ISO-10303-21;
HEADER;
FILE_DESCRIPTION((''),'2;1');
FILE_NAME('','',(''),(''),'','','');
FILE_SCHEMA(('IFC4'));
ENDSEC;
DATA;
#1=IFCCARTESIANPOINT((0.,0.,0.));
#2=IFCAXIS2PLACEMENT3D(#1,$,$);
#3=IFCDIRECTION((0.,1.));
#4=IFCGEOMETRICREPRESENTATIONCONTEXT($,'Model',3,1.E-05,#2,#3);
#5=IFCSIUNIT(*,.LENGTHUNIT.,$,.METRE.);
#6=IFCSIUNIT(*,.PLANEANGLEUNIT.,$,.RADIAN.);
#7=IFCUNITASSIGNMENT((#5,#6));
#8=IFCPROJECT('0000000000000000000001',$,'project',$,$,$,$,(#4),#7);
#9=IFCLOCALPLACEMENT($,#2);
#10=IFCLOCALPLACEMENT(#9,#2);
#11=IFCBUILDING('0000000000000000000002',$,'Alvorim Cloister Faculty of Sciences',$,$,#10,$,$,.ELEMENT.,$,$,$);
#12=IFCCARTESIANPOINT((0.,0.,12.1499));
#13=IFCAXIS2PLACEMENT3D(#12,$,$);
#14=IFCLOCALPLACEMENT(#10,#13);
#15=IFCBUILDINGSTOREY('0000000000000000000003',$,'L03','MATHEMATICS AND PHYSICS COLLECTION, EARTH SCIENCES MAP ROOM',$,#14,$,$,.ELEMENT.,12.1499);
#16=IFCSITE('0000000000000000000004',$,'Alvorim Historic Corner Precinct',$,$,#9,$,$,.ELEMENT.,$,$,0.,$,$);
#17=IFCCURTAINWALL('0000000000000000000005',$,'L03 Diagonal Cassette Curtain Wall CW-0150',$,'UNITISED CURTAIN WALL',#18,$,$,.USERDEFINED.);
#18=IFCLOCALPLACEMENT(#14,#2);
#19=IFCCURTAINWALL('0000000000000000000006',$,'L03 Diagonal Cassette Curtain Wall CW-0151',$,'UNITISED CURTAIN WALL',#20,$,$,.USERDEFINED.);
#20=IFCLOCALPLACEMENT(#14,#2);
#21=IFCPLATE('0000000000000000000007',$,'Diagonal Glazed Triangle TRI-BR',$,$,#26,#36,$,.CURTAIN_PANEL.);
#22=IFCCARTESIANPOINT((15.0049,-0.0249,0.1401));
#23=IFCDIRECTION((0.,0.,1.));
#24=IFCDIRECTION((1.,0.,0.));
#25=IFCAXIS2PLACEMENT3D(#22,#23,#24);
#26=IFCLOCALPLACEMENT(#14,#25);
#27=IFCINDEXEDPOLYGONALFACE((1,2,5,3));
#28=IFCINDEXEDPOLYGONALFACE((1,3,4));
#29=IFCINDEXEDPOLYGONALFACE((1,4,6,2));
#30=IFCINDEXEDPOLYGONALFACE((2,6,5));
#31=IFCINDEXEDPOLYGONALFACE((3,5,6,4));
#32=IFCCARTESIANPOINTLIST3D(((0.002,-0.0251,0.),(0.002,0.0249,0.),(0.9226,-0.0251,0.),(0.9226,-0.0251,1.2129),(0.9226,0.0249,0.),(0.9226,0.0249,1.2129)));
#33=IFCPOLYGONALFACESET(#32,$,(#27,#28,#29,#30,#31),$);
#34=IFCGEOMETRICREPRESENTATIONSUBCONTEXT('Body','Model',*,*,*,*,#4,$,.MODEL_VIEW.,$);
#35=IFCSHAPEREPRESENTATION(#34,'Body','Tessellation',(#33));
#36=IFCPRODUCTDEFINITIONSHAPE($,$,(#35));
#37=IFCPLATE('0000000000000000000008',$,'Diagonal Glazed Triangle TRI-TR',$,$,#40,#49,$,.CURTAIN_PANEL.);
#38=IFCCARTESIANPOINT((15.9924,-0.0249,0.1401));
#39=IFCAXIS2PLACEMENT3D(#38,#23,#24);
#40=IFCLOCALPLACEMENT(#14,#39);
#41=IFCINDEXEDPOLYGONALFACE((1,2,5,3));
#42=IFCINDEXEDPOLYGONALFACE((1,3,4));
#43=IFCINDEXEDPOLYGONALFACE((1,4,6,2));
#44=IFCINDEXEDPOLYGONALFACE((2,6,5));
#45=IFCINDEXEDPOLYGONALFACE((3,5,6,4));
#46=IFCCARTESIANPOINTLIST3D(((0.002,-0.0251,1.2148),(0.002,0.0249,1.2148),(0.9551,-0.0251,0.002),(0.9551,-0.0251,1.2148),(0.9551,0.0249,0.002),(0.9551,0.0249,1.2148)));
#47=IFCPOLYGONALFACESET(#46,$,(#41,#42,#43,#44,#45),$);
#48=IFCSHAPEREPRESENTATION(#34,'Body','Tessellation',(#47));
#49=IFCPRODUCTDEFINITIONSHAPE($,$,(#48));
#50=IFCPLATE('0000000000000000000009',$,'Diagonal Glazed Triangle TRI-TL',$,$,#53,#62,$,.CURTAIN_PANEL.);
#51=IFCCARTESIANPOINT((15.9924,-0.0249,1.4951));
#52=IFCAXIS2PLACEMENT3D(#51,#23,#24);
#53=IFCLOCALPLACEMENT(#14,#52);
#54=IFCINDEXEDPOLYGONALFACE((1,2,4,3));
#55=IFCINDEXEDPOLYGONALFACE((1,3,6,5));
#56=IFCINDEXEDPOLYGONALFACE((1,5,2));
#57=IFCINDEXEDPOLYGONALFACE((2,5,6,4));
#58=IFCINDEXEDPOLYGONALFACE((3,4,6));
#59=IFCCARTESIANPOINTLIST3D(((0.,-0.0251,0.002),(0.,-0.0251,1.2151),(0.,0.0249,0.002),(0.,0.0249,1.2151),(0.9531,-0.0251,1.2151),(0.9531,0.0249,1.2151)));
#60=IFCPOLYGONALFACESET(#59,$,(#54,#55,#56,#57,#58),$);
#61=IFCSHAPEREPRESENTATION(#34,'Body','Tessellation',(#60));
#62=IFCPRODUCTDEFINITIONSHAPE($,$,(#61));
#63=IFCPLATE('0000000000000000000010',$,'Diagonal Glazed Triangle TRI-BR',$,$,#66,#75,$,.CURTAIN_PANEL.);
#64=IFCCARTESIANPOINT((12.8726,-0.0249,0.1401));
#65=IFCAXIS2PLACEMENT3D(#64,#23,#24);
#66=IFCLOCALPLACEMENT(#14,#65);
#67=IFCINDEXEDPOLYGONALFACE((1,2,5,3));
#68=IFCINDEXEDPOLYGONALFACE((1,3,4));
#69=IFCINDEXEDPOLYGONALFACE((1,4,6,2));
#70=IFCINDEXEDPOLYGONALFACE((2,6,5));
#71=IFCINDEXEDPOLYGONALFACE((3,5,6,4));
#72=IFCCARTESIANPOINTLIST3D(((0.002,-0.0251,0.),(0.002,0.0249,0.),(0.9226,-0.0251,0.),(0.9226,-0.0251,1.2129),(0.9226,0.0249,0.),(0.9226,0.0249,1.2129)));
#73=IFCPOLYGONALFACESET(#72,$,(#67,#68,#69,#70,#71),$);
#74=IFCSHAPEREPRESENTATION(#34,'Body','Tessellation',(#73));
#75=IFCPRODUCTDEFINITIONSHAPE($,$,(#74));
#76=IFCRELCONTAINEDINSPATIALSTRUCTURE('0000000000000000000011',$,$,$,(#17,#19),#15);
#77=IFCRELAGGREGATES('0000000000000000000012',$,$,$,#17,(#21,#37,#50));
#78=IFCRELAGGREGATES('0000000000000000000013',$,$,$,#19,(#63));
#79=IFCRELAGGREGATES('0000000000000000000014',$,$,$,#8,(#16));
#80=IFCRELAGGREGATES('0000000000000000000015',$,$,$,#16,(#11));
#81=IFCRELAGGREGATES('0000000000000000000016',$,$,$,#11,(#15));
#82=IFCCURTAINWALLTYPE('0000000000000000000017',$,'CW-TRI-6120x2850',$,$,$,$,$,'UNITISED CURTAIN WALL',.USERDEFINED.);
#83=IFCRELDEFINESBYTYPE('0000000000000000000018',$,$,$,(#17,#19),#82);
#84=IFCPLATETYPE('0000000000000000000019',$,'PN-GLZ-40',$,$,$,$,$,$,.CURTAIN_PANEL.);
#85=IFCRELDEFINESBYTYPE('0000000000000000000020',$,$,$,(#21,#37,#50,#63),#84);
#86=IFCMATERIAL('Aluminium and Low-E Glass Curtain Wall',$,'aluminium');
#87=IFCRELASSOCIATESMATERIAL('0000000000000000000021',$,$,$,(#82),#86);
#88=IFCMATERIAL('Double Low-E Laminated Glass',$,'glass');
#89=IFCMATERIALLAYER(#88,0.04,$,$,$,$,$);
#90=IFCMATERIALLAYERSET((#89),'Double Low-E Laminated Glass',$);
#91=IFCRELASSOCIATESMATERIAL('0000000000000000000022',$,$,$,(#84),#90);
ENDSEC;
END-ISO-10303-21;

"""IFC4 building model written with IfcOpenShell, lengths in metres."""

from ifc_helpers import new_model, si_unit, direction, frame, origin, place, context, subcontext, project, spatial, polyline, outline, extrude, material, layer, layer_set, type_object, element, aggregate, save


model = new_model("IFC4")

# Units and contexts
model_context = context("Model", 3, precision=1e-05, world=origin(), true_north=direction((0.0, 1.0)))
body_context = subcontext(model_context, "Body", "Model", "MODEL_VIEW")
ifc_project = project(units=[si_unit("LENGTHUNIT", "METRE"), si_unit("PLANEANGLEUNIT", "RADIAN")], contexts=[model_context])

# Site, building, storey
site_placement = place(None, origin())
site = spatial("IfcSite", under=ifc_project, at=site_placement, Name="Alvorim Historic Corner Precinct", CompositionType="ELEMENT", RefElevation=0.0)
building_placement = place(site_placement, origin())
building = spatial("IfcBuilding", under=site, at=building_placement, Name="Alvorim Cloister Faculty of Sciences", CompositionType="ELEMENT")
storey_placement = place(building_placement, frame((0.0, 0.0, 12.1499)))
storey = spatial("IfcBuildingStorey", under=building, at=storey_placement, Name="L03", Description="MATHEMATICS AND PHYSICS COLLECTION, EARTH SCIENCES MAP ROOM", CompositionType="ELEMENT", Elevation=12.1499)

# Curtain walls
ifc_material_1 = material(Name="Aluminium and Low-E Glass Curtain Wall", Category="aluminium")
curtain_wall_type = type_object("IfcCurtainWallType", Name="CW-TRI-6120x2850", ElementType="UNITISED CURTAIN WALL", PredefinedType="USERDEFINED", material=ifc_material_1)
curtain_wall_1_placement = place(storey_placement, origin())
curtain_wall_1 = element("IfcCurtainWall", 1, at=curtain_wall_1_placement, inside=storey, type_object=curtain_wall_type, Name="L03 Diagonal Cassette Curtain Wall CW-0150", ObjectType="UNITISED CURTAIN WALL", PredefinedType="USERDEFINED")
curtain_wall_2_placement = place(storey_placement, origin())
curtain_wall_2 = element("IfcCurtainWall", 2, at=curtain_wall_2_placement, inside=storey, type_object=curtain_wall_type, Name="L03 Diagonal Cassette Curtain Wall CW-0151", ObjectType="UNITISED CURTAIN WALL", PredefinedType="USERDEFINED")

# Plates
ifc_material_2 = material(Name="Double Low-E Laminated Glass", Category="glass")
ifc_layer_1 = layer(ifc_material_2, 0.04)
ifc_layer_set_1 = layer_set([ifc_layer_1], Name="Double Low-E Laminated Glass")
plate_type = type_object("IfcPlateType", Name="PN-GLZ-40", PredefinedType="CURTAIN_PANEL", material=ifc_layer_set_1)
plate_1_placement = place(storey_placement, frame((15.0049, -0.0249, 0.1401), z_axis=(0.0, 0.0, 1.0), x_axis=(1.0, 0.0, 0.0)))
plate_1 = element("IfcPlate", 3, at=plate_1_placement, type_object=plate_type, Name="Diagonal Glazed Triangle TRI-BR", PredefinedType="CURTAIN_PANEL", context=body_context, shape_type="SweptSolid", body=[
    extrude(outline(polyline([(0.002, 0.0), (0.9226, 0.0), (0.9226, 1.2129), (0.002, 0.0)])), frame((0.0, 0.0249, 0.0), z_axis=(0.0, -1.0, 0.0), x_axis=(1.0, 0.0, 0.0)), (0.0, 0.0, 1.0), 0.05),
])
plate_2_placement = place(storey_placement, frame((15.9924, -0.0249, 0.1401), z_axis=(0.0, 0.0, 1.0), x_axis=(1.0, 0.0, 0.0)))
plate_2 = element("IfcPlate", 4, at=plate_2_placement, type_object=plate_type, Name="Diagonal Glazed Triangle TRI-TR", PredefinedType="CURTAIN_PANEL", context=body_context, shape_type="SweptSolid", body=[
    extrude(outline(polyline([(0.9551, 0.002), (0.9551, 1.2148), (0.002, 1.2148), (0.9551, 0.002)])), frame((0.0, 0.0249, 0.0), z_axis=(0.0, -1.0, 0.0), x_axis=(1.0, 0.0, 0.0)), (0.0, 0.0, 1.0), 0.05),
])
plate_3_placement = place(storey_placement, frame((15.9924, -0.0249, 1.4951), z_axis=(0.0, 0.0, 1.0), x_axis=(1.0, 0.0, 0.0)))
plate_3 = element("IfcPlate", 5, at=plate_3_placement, type_object=plate_type, Name="Diagonal Glazed Triangle TRI-TL", PredefinedType="CURTAIN_PANEL", context=body_context, shape_type="SweptSolid", body=[
    extrude(outline(polyline([(0.9531, 1.2151), (0.0, 1.2151), (0.0, 0.002), (0.9531, 1.2151)])), frame((0.0, 0.0249, 0.0), z_axis=(0.0, -1.0, 0.0), x_axis=(1.0, 0.0, 0.0)), (0.0, 0.0, 1.0), 0.05),
])
aggregate(curtain_wall_1, [plate_1, plate_2, plate_3])
plate_4_placement = place(storey_placement, frame((12.8726, -0.0249, 0.1401), z_axis=(0.0, 0.0, 1.0), x_axis=(1.0, 0.0, 0.0)))
plate_4 = element("IfcPlate", 6, at=plate_4_placement, type_object=plate_type, Name="Diagonal Glazed Triangle TRI-BR", PredefinedType="CURTAIN_PANEL", context=body_context, shape_type="SweptSolid", body=[
    extrude(outline(polyline([(0.002, 0.0), (0.9226, 0.0), (0.9226, 1.2129), (0.002, 0.0)])), frame((0.0, 0.0249, 0.0), z_axis=(0.0, -1.0, 0.0), x_axis=(1.0, 0.0, 0.0)), (0.0, 0.0, 1.0), 0.05),
])
aggregate(curtain_wall_2, [plate_4])

save(model, "model.ifc")
